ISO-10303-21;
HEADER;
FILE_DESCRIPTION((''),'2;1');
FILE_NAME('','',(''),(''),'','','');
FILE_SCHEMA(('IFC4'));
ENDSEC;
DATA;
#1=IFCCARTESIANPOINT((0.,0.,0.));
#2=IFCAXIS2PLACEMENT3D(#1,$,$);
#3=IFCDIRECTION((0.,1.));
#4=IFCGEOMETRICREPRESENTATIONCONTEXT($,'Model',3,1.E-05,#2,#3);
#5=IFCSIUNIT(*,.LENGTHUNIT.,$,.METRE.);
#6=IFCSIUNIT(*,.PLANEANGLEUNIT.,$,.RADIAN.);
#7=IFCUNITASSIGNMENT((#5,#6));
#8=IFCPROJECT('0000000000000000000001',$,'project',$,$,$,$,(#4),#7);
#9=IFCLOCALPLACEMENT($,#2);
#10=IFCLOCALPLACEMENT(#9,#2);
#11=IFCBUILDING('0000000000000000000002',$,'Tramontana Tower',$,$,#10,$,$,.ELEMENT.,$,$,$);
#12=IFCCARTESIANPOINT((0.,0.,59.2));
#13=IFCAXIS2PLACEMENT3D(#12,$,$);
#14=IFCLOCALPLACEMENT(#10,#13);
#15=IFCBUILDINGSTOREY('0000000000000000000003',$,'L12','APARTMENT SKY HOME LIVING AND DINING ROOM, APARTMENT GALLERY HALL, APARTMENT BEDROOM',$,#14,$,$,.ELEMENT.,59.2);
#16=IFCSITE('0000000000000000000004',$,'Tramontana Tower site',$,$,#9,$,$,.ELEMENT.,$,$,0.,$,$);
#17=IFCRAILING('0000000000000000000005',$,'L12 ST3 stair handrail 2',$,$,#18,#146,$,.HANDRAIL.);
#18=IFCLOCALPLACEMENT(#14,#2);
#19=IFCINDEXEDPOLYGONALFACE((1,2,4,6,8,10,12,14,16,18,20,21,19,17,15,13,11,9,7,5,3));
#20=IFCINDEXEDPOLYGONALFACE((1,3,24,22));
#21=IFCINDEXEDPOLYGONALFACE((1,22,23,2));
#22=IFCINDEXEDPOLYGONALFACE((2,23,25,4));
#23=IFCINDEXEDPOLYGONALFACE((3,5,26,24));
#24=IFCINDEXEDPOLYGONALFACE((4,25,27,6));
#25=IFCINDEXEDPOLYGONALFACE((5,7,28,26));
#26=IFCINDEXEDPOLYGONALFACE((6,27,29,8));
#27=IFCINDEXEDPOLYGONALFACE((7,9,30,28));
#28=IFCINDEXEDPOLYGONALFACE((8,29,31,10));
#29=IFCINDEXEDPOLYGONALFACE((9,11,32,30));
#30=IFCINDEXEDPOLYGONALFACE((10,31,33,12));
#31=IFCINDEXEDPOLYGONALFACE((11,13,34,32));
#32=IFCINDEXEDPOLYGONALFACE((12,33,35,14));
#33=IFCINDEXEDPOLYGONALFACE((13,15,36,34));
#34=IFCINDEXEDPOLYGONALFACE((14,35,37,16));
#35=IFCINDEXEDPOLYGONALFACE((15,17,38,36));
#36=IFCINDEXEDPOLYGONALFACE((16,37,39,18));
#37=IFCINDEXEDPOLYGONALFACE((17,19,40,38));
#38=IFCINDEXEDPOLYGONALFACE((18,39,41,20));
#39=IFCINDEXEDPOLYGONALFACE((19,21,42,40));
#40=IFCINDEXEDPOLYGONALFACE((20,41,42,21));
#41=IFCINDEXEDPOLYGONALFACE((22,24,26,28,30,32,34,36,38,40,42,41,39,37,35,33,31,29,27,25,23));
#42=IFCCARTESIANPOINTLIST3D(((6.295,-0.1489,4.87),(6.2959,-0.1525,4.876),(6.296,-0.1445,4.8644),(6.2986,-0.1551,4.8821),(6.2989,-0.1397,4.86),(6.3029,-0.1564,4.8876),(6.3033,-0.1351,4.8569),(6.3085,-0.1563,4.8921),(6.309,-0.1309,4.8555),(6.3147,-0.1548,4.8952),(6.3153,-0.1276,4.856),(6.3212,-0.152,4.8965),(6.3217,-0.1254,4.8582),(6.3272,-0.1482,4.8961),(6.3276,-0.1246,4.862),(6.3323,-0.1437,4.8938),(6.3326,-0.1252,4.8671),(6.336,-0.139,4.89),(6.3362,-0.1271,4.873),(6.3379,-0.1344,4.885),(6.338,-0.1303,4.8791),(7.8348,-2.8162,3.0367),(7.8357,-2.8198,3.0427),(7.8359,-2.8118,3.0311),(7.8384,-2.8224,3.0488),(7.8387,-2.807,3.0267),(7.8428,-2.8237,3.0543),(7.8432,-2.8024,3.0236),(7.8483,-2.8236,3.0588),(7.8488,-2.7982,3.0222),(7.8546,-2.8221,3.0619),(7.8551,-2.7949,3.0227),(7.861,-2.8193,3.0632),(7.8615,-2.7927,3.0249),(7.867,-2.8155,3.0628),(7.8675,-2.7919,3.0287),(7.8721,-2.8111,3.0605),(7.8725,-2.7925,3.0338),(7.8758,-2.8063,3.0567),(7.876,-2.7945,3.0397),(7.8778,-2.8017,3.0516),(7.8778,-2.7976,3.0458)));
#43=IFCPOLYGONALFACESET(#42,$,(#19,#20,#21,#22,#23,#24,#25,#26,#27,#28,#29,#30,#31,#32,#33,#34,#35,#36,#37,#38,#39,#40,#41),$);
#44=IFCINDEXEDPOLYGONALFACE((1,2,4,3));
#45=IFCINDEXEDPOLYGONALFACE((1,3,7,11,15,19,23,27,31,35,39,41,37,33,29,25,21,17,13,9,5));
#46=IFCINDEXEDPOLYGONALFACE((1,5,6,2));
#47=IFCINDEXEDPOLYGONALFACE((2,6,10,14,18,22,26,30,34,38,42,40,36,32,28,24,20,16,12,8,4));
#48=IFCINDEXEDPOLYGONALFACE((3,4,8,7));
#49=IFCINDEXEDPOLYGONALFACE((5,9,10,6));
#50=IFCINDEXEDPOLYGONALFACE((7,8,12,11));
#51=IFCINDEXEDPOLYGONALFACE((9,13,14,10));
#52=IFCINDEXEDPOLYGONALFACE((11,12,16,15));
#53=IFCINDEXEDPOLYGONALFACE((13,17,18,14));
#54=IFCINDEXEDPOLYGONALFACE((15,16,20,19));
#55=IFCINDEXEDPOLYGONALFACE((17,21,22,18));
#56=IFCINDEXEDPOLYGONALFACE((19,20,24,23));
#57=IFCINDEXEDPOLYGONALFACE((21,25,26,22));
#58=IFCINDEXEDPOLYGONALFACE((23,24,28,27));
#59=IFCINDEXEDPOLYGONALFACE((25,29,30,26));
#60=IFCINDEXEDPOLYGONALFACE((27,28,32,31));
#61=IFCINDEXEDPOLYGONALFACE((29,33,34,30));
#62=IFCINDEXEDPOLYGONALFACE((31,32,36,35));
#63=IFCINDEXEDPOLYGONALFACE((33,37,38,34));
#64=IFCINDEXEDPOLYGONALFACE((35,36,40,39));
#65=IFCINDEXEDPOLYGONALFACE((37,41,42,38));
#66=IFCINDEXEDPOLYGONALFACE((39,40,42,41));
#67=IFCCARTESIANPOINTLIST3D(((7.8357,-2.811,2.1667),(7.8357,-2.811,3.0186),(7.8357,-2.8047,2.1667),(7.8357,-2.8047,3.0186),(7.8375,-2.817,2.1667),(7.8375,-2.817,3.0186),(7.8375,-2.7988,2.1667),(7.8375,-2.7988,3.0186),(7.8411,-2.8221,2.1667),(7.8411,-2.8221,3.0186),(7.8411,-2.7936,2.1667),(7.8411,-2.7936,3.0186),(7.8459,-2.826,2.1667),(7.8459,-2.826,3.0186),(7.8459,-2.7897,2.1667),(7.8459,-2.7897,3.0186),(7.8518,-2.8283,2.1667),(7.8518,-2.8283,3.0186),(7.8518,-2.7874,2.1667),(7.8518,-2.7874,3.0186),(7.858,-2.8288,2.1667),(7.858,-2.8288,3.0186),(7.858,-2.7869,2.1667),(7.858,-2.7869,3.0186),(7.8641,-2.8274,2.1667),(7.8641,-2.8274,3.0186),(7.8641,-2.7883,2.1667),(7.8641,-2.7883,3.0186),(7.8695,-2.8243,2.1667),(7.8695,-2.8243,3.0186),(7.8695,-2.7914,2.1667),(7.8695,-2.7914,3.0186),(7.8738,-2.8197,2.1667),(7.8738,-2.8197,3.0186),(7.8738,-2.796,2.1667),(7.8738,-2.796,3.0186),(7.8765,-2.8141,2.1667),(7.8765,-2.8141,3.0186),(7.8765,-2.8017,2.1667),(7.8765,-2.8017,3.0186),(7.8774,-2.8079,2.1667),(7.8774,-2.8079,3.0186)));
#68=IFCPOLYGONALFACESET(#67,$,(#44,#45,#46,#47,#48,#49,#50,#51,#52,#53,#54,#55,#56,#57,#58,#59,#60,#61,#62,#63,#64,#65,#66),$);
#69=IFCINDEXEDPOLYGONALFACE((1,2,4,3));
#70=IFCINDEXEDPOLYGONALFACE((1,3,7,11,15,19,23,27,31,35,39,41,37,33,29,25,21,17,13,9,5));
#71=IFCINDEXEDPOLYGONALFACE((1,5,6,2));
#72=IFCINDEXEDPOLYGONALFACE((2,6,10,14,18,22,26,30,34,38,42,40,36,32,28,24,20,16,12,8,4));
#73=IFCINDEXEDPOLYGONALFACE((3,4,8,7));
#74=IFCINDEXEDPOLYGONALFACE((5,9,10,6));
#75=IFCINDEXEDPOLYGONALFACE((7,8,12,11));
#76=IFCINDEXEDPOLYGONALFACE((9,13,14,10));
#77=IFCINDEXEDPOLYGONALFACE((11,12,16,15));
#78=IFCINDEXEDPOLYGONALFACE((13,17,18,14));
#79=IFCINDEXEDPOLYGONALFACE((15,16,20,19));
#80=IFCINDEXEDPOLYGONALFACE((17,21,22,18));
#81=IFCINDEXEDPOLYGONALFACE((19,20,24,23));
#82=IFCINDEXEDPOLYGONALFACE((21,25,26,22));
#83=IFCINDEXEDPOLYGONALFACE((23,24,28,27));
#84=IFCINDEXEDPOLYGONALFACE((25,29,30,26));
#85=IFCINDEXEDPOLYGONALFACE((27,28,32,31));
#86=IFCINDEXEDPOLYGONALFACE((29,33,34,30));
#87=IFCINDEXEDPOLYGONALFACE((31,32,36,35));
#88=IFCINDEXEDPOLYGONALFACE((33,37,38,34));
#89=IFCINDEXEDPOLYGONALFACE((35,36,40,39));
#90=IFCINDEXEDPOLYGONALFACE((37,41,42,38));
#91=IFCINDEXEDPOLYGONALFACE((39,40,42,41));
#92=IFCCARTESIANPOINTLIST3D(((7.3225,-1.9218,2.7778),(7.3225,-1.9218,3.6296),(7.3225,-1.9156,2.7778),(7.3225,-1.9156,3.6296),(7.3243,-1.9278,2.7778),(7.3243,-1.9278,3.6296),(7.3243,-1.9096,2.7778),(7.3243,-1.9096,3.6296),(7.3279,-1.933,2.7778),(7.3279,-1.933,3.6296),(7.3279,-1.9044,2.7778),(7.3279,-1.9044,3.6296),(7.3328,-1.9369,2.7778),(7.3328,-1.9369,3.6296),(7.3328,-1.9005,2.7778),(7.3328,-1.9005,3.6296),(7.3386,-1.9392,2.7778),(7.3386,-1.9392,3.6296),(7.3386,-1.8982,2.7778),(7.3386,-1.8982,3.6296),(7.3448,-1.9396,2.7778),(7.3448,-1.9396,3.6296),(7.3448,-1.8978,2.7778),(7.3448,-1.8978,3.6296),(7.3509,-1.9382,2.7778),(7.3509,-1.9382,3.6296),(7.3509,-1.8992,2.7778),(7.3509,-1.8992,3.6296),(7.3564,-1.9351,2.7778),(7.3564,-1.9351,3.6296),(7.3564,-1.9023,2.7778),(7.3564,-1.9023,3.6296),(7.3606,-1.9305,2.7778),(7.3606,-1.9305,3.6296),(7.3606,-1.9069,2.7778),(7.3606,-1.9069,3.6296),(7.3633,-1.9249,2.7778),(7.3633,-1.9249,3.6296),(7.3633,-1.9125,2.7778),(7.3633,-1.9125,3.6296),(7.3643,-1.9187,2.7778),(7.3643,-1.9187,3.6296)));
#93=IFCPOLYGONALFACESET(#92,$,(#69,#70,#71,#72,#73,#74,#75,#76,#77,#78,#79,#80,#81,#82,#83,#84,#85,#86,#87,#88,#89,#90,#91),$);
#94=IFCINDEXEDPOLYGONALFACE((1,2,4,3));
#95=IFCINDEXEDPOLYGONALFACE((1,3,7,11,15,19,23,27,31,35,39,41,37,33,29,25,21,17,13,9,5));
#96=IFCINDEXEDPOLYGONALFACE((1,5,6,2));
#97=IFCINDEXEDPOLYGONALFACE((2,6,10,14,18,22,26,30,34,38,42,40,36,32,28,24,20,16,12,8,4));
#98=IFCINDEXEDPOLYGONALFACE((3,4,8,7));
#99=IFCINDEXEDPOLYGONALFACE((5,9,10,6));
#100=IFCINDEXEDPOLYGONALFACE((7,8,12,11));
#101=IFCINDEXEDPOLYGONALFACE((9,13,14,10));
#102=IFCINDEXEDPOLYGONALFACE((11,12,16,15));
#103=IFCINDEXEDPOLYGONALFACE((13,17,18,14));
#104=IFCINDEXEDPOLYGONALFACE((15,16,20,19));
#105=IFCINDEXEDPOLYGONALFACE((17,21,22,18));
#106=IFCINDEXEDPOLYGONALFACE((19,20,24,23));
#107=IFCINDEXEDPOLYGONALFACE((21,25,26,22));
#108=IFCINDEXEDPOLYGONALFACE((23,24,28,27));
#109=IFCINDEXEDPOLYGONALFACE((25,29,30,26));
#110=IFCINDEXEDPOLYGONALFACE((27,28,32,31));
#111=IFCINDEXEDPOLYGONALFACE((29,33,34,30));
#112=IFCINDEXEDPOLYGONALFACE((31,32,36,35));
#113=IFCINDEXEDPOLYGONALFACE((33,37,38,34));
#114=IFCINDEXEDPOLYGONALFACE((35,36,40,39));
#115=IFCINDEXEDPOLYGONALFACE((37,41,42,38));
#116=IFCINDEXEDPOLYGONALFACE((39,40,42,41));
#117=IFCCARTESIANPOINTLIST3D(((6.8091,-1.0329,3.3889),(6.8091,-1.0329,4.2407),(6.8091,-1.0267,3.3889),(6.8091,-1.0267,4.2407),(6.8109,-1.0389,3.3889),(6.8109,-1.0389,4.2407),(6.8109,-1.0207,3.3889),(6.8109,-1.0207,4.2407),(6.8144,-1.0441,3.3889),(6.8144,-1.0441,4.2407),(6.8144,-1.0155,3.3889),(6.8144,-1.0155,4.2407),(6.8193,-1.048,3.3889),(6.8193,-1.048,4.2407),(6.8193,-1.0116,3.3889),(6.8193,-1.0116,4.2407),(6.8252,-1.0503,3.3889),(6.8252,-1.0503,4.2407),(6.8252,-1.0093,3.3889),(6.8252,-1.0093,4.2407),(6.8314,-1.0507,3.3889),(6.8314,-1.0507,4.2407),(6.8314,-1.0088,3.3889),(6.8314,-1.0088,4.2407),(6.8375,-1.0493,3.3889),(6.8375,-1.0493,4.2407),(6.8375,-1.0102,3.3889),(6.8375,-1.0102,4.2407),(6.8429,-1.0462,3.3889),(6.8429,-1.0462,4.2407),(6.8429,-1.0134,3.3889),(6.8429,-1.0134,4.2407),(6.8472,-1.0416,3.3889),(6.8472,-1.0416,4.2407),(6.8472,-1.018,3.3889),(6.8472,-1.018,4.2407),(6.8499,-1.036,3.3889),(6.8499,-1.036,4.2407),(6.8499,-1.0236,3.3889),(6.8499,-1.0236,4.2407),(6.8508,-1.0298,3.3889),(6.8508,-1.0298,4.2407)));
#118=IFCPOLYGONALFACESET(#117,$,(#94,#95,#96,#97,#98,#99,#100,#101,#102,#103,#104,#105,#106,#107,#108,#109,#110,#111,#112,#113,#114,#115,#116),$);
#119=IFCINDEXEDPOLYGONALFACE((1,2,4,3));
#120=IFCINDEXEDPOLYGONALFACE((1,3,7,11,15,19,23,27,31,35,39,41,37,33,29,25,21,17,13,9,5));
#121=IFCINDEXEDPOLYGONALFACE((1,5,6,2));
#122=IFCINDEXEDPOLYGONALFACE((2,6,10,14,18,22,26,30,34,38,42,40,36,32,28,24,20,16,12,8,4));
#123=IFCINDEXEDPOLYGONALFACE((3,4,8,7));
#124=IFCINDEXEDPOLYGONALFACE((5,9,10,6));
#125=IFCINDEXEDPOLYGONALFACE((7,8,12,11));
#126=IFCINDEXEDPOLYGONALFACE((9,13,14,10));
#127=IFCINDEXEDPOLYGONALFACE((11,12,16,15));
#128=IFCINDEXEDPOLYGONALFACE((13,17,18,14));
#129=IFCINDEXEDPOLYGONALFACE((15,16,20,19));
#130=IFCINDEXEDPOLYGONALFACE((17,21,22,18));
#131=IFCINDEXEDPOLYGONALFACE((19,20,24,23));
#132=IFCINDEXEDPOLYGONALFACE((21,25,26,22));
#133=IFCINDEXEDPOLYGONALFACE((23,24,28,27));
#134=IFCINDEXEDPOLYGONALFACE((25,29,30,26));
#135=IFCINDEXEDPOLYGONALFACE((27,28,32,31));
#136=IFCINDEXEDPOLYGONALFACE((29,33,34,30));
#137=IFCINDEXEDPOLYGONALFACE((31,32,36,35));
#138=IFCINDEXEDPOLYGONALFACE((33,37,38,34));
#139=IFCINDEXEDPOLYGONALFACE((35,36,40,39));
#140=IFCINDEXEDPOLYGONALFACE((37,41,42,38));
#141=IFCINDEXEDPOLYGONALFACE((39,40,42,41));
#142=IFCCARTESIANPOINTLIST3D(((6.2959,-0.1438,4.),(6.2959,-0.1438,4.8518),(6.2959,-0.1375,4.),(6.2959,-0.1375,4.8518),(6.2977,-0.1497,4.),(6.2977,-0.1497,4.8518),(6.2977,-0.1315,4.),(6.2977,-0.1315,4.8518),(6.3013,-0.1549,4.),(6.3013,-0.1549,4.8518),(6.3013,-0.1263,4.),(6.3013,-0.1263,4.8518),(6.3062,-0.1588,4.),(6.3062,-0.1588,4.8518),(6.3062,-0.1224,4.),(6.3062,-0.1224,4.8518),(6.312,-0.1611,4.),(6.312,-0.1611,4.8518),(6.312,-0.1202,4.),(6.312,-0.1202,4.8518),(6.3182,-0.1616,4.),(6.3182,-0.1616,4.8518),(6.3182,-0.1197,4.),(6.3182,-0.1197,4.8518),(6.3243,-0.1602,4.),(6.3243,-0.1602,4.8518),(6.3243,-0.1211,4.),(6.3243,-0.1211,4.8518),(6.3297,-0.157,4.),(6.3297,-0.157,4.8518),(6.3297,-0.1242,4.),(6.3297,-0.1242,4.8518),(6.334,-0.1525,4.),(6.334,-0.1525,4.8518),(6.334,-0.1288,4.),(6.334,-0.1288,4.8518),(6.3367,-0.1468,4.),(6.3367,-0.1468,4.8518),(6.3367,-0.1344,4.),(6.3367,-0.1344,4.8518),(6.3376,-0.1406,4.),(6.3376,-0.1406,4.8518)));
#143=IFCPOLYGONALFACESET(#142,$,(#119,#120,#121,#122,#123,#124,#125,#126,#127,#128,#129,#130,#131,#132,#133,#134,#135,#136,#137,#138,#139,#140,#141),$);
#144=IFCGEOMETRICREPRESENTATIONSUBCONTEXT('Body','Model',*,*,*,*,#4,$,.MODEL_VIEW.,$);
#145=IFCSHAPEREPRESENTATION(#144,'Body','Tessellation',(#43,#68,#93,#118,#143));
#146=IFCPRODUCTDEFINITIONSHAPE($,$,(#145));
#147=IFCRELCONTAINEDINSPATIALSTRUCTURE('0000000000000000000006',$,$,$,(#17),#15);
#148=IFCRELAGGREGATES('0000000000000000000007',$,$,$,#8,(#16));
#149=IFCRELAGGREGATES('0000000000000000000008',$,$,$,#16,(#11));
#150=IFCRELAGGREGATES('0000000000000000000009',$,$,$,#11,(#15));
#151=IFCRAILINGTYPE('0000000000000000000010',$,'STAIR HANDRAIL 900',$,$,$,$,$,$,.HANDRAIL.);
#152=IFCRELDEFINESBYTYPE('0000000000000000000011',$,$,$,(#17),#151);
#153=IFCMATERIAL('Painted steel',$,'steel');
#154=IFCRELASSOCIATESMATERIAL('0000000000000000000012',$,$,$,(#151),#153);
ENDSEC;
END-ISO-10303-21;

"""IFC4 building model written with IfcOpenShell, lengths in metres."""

from ifc_helpers import new_model, si_unit, direction, frame, origin, origin_2d, place, context, subcontext, project, spatial, circle, extrude, material, type_object, element, save


model = new_model("IFC4")

# Units and contexts
model_context = context("Model", 3, precision=1e-05, world=origin(), true_north=direction((0.0, 1.0)))
body_context = subcontext(model_context, "Body", "Model", "MODEL_VIEW")
ifc_project = project(units=[si_unit("LENGTHUNIT", "METRE"), si_unit("PLANEANGLEUNIT", "RADIAN")], contexts=[model_context])

# Site, building, storey
site_placement = place(None, origin())
site = spatial("IfcSite", under=ifc_project, at=site_placement, Name="Tramontana Tower site", CompositionType="ELEMENT", RefElevation=0.0)
building_placement = place(site_placement, origin())
building = spatial("IfcBuilding", under=site, at=building_placement, Name="Tramontana Tower", CompositionType="ELEMENT")
storey_placement = place(building_placement, frame((0.0, 0.0, 59.2)))
storey = spatial("IfcBuildingStorey", under=building, at=storey_placement, Name="L12", Description="APARTMENT SKY HOME LIVING AND DINING ROOM, APARTMENT GALLERY HALL, APARTMENT BEDROOM", CompositionType="ELEMENT", Elevation=59.2)

# Railing
ifc_material_1 = material(Name="Painted steel", Category="steel")
railing_type_1 = type_object("IfcRailingType", Name="STAIR HANDRAIL 900", PredefinedType="HANDRAIL", material=ifc_material_1)
railing_1_placement = place(storey_placement, frame((7.8564, -2.8079, 2.1667)))
element("IfcRailing", 1, at=railing_1_placement, inside=storey, type_object=railing_type_1, Name="L12 ST3 stair handrail 2", PredefinedType="HANDRAIL", context=body_context, shape_type="SweptSolid", body=[
    extrude(circle(Radius=0.0239, at=origin_2d()), frame((0.0, 0.0, 0.876), z_axis=(-0.429616, 0.744181, 0.511493), x_axis=(-0.866044, -0.499967, 0.0)), (0.0, 0.0, 1.0), 3.5842),
    extrude(circle(Radius=0.021, at=origin_2d()), origin(), (0.0, 0.0, 1.0), 0.8518),
    extrude(circle(Radius=0.021, at=origin_2d()), frame((-0.5132, 0.8892, 0.6111)), (0.0, 0.0, 1.0), 0.8518),
    extrude(circle(Radius=0.021, at=origin_2d()), frame((-1.0266, 1.7781, 1.2222)), (0.0, 0.0, 1.0), 0.8518),
    extrude(circle(Radius=0.021, at=origin_2d()), frame((-1.5398, 2.6672, 1.8333)), (0.0, 0.0, 1.0), 0.8518),
])

save(model, "model.ifc")
